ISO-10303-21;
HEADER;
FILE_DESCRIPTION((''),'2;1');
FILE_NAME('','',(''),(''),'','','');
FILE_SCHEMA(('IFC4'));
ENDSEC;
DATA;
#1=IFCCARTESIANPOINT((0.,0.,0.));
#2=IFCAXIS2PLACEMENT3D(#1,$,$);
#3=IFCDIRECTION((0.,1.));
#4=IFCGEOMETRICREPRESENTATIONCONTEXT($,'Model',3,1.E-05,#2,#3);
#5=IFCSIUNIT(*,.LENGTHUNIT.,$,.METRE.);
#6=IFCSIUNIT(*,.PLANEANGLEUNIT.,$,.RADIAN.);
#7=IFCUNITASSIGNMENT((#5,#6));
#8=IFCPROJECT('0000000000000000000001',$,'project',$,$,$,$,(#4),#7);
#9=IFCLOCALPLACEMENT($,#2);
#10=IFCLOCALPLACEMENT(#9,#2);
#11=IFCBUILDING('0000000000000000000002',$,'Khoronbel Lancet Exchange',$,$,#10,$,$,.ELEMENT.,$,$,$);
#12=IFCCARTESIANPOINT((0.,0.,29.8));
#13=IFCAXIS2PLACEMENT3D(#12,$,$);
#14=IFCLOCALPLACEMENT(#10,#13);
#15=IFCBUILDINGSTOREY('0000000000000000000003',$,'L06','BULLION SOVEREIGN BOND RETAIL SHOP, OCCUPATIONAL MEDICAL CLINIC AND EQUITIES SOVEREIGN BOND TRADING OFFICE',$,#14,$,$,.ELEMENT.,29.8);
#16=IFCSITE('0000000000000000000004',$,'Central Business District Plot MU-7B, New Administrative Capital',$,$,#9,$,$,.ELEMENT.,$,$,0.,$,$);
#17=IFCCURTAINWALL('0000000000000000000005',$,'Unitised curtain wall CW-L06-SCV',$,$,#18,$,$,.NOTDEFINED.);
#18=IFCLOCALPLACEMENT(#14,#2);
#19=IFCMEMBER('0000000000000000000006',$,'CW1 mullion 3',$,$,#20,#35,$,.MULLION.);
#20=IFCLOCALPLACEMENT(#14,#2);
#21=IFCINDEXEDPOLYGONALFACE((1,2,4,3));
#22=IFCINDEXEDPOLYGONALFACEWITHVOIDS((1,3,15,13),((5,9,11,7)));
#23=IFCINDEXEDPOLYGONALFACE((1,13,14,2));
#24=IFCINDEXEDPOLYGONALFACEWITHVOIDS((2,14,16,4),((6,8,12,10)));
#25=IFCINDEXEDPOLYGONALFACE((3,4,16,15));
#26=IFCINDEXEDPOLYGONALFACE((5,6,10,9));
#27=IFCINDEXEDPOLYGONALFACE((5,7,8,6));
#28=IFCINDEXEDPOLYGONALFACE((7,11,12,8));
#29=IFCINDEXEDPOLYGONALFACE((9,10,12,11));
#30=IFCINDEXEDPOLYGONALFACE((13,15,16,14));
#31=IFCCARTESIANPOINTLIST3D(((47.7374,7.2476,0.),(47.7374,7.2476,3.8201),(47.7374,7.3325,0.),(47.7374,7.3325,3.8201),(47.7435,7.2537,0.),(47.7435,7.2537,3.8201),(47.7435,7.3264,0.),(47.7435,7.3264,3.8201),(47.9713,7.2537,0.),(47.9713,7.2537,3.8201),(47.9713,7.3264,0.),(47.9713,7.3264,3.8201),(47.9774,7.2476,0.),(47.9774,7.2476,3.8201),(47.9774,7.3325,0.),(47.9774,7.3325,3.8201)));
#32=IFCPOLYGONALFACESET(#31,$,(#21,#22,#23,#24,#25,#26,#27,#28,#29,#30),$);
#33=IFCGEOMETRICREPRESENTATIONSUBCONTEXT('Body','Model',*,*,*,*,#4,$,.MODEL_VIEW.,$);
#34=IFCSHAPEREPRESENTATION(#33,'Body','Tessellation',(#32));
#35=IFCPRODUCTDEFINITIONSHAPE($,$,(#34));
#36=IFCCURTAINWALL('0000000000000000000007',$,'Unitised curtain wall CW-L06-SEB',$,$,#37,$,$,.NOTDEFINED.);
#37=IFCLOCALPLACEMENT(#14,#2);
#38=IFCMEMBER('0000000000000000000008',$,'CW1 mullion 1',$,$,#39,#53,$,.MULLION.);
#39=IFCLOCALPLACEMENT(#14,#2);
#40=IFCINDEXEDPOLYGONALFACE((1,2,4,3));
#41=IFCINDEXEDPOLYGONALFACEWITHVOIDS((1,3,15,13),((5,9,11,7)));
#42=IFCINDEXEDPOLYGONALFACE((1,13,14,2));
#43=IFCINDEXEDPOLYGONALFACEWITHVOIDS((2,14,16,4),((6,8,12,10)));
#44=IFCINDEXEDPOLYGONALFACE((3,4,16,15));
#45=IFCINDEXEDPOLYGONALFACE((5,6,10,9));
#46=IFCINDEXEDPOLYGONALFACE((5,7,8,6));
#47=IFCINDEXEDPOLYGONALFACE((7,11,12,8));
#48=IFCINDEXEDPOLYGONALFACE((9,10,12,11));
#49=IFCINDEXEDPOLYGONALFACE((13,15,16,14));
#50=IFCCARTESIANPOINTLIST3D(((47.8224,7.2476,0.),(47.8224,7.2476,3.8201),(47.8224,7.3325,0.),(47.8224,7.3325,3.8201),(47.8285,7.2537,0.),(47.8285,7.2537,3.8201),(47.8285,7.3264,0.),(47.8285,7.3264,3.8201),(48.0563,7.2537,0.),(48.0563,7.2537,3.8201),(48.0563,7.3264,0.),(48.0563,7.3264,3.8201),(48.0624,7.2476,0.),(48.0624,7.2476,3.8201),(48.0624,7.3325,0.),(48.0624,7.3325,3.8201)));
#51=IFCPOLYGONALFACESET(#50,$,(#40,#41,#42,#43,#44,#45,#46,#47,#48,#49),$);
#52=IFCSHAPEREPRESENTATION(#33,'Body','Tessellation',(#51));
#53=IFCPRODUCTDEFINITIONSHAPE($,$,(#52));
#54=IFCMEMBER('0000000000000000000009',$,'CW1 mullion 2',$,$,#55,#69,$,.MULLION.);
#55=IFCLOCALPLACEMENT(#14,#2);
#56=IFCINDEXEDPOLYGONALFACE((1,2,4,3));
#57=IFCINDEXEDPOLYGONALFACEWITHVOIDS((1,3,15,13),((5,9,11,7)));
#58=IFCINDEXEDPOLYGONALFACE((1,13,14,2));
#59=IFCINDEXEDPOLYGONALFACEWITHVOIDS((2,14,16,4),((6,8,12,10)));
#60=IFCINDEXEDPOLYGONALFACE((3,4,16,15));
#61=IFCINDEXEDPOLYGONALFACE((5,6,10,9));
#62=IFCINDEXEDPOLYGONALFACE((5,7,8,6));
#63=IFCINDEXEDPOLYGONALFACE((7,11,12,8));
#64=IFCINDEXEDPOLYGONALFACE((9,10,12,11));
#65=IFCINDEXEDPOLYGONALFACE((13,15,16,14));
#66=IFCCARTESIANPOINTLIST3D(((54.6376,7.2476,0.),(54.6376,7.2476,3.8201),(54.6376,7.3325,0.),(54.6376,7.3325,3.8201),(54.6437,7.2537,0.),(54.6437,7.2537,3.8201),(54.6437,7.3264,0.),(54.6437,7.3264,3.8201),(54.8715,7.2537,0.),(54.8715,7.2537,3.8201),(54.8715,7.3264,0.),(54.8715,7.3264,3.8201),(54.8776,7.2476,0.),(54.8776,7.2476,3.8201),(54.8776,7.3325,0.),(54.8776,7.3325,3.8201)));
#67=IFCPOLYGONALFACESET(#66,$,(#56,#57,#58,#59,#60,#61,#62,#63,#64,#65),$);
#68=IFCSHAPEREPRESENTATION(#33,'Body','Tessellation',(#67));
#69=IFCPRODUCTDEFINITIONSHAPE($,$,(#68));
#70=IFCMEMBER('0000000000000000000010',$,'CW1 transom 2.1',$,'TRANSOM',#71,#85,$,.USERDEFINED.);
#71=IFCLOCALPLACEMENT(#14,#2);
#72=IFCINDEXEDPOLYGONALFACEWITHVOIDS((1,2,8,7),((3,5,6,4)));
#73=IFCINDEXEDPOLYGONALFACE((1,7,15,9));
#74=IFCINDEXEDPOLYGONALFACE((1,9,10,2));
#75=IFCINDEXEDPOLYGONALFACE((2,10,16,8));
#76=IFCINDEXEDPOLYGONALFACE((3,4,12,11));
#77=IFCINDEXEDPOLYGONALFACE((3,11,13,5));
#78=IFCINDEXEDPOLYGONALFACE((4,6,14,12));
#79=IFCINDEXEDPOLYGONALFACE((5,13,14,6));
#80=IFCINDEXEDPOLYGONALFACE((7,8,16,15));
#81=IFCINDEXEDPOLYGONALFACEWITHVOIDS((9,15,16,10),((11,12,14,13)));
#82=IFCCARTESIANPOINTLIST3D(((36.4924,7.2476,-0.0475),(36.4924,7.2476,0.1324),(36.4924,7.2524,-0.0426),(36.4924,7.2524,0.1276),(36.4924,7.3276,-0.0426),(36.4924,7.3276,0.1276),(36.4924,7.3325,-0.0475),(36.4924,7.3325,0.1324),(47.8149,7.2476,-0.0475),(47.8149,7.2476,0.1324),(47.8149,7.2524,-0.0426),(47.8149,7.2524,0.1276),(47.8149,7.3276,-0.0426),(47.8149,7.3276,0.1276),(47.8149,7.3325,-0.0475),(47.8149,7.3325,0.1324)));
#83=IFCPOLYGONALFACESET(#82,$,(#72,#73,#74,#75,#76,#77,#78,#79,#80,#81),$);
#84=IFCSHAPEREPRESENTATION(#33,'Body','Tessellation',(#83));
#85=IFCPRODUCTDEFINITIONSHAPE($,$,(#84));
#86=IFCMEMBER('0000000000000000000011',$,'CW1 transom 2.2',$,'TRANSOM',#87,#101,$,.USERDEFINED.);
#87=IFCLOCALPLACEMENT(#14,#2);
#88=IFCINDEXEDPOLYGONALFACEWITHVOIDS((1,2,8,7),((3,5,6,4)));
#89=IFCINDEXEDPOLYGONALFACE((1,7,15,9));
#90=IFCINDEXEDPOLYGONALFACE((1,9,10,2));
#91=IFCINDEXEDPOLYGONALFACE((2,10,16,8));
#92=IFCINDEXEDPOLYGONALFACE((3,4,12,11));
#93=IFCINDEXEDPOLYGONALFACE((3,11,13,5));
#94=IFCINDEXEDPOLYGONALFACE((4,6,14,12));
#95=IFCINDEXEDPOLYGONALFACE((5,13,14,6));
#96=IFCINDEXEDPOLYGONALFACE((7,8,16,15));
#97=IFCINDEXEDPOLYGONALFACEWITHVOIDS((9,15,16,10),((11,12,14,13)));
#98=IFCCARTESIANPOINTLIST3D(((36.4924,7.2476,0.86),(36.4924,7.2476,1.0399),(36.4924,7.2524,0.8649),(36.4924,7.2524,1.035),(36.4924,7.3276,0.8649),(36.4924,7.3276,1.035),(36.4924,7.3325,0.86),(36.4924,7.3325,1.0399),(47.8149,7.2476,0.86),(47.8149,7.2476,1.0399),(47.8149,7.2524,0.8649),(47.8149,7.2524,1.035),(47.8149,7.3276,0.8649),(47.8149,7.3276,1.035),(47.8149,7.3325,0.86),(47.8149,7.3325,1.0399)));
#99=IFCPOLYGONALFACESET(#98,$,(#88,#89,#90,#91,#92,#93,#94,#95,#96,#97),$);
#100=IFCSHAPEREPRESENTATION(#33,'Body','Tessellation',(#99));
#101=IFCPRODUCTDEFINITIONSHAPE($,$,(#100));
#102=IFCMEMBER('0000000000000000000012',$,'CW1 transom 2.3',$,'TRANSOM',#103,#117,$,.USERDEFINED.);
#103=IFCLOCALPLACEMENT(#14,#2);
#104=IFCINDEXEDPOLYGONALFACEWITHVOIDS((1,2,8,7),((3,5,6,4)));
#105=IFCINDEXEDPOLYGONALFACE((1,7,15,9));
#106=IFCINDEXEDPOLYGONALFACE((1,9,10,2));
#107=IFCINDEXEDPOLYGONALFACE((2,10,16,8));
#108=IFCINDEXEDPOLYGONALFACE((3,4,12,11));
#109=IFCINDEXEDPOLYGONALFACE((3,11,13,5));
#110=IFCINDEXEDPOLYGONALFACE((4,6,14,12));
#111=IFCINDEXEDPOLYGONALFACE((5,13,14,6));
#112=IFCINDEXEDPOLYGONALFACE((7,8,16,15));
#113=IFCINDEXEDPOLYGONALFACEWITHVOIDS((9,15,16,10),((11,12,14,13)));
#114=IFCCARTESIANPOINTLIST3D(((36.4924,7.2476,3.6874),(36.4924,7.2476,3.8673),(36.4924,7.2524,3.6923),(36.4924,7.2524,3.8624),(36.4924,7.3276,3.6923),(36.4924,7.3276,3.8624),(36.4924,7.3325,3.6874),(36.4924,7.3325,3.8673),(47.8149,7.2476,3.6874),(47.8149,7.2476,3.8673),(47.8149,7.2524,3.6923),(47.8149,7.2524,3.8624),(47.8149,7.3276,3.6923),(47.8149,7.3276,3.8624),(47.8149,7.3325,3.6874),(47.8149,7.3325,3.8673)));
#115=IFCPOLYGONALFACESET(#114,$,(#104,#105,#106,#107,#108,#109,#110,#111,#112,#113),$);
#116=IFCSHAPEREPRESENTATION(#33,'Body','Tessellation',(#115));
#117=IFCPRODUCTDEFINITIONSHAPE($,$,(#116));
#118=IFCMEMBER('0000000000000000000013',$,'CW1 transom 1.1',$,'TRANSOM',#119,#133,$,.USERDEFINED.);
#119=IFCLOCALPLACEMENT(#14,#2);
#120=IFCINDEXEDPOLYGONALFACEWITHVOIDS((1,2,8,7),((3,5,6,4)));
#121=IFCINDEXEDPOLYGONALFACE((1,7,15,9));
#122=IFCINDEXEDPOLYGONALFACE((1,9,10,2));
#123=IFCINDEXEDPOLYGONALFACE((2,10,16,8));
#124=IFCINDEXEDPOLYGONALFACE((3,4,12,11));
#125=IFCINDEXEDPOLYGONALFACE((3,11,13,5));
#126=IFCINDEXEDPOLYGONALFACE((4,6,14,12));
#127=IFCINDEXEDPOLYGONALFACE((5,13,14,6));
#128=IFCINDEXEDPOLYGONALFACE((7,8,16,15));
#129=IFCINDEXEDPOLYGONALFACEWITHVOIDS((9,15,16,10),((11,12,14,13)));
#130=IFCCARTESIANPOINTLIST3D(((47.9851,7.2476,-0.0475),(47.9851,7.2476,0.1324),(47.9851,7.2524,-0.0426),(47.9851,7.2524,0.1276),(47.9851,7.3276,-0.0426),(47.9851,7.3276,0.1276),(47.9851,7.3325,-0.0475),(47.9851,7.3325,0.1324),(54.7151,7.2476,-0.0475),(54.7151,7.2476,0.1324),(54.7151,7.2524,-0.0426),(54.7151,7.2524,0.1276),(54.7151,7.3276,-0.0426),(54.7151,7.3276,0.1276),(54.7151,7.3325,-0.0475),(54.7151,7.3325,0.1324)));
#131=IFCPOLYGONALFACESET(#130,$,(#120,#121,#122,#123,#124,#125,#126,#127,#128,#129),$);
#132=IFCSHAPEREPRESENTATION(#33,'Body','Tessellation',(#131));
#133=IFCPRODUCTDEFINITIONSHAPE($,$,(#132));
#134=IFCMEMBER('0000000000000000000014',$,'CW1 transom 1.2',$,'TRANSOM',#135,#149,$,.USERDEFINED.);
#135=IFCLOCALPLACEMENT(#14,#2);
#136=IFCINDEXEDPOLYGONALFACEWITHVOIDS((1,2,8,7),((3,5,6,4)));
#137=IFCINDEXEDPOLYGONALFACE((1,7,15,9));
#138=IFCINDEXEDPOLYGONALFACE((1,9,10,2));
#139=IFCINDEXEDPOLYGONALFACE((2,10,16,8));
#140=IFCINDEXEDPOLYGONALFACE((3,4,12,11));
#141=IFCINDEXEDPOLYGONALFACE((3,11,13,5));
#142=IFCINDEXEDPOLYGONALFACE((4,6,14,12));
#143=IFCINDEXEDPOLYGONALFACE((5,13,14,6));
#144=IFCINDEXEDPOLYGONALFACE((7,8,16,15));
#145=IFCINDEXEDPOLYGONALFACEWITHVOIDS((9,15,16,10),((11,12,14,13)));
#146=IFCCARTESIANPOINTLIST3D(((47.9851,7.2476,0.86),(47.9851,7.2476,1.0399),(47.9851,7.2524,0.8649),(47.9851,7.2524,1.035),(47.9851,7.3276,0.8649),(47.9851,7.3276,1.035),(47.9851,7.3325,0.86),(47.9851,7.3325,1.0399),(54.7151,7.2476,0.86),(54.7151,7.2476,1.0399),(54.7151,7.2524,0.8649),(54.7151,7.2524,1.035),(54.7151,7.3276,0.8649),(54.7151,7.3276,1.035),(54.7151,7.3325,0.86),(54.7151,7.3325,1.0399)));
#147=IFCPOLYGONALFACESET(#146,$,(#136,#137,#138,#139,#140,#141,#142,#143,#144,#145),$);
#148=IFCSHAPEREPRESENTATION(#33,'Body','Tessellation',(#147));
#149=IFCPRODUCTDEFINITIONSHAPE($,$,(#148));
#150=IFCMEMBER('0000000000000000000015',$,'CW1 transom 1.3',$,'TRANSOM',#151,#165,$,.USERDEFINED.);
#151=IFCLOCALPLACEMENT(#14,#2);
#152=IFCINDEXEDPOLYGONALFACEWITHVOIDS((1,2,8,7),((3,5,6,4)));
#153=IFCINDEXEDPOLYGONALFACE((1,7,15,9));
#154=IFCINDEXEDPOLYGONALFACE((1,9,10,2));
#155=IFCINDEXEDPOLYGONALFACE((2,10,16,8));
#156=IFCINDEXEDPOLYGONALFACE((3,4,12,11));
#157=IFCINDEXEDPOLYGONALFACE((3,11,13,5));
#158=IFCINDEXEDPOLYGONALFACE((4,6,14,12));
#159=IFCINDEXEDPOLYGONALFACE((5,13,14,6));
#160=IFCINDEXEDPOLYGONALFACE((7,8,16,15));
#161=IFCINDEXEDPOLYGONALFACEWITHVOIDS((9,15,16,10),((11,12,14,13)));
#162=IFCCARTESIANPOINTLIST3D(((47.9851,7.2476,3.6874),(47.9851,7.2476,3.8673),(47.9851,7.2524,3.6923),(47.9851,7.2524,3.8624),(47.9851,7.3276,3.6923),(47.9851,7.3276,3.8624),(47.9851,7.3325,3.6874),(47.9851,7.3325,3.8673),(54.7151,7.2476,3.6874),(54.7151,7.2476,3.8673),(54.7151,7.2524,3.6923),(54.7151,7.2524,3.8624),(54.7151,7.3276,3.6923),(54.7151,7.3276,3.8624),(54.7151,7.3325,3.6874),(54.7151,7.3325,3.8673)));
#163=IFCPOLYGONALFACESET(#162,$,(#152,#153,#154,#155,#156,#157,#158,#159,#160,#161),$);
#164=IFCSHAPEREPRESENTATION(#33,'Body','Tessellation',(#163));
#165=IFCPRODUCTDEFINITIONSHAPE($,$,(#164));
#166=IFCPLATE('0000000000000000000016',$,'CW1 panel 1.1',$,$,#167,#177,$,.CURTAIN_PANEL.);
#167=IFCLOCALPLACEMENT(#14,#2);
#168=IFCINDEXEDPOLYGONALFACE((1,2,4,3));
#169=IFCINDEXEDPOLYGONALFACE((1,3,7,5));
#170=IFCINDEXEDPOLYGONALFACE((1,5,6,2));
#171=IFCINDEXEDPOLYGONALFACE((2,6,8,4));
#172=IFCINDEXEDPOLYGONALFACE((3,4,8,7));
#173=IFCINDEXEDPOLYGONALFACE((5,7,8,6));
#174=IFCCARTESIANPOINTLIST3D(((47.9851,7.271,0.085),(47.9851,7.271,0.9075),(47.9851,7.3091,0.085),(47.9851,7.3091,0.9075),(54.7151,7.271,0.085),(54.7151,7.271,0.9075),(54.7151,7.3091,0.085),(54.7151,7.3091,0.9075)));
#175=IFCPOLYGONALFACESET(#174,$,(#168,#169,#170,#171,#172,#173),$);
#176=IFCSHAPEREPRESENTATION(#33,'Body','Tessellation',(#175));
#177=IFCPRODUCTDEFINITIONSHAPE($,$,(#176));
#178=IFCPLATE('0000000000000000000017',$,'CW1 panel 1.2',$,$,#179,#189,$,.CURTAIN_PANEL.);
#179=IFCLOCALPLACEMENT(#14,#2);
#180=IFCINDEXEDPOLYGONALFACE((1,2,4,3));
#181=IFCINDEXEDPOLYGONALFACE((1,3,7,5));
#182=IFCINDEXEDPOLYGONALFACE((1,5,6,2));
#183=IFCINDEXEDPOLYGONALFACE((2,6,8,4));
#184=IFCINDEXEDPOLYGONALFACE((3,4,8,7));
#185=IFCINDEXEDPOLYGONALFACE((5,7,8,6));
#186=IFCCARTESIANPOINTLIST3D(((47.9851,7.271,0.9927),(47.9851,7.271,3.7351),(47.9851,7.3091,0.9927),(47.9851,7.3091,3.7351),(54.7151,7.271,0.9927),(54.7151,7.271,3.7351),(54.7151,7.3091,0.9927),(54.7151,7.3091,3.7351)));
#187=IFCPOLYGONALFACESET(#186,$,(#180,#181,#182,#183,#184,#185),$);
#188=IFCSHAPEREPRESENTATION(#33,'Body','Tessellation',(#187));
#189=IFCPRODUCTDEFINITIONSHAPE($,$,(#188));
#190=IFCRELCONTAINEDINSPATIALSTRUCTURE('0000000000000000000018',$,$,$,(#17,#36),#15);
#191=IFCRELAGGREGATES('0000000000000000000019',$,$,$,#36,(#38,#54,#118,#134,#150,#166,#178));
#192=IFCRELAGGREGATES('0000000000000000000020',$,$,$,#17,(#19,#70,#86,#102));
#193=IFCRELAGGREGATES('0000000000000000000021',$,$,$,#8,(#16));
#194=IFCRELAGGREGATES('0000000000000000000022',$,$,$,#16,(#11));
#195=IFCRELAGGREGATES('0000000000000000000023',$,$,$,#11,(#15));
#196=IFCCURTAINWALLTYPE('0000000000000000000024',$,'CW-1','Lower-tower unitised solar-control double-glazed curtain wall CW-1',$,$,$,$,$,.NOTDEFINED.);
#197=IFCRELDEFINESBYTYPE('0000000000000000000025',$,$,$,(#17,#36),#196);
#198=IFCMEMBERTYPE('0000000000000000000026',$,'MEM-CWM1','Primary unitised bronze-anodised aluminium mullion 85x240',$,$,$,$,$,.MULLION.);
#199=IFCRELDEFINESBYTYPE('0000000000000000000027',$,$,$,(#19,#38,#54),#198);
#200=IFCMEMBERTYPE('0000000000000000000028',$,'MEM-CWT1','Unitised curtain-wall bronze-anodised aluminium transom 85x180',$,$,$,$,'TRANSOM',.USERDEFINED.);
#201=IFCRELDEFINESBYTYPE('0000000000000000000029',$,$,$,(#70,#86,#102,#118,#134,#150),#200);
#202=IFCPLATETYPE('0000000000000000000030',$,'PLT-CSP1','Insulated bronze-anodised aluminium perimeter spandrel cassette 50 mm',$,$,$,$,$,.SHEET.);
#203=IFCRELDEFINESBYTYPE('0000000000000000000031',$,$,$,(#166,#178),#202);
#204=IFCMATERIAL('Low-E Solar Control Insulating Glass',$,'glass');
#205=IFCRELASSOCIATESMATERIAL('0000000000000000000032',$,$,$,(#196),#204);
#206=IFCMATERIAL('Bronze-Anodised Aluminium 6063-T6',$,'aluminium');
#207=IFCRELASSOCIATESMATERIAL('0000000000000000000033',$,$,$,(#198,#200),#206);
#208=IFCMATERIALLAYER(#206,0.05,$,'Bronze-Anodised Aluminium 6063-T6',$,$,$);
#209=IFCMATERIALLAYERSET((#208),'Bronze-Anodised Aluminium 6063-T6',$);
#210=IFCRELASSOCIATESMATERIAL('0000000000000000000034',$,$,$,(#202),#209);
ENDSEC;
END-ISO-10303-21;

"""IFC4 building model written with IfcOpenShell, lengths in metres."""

from ifc_helpers import new_model, si_unit, direction, frame, origin, origin_2d, place, context, subcontext, project, spatial, rectangle, hollow_rectangle, extrude, material, layer, layer_set, material_profile, profile_set, type_object, element, aggregate, save


model = new_model("IFC4")

# Units and contexts
model_context = context("Model", 3, precision=1e-05, world=origin(), true_north=direction((0.0, 1.0)))
body_context = subcontext(model_context, "Body", "Model", "MODEL_VIEW")
ifc_project = project(units=[si_unit("LENGTHUNIT", "METRE"), si_unit("PLANEANGLEUNIT", "RADIAN")], contexts=[model_context])

# Site, building, storey
site_placement = place(None, origin())
site = spatial("IfcSite", under=ifc_project, at=site_placement, Name="Central Business District Plot MU-7B, New Administrative Capital", CompositionType="ELEMENT", RefElevation=0.0)
building_placement = place(site_placement, origin())
building = spatial("IfcBuilding", under=site, at=building_placement, Name="Khoronbel Lancet Exchange", CompositionType="ELEMENT")
storey_placement = place(building_placement, frame((0.0, 0.0, 29.8)))
storey = spatial("IfcBuildingStorey", under=building, at=storey_placement, Name="L06", Description="BULLION SOVEREIGN BOND RETAIL SHOP, OCCUPATIONAL MEDICAL CLINIC AND EQUITIES SOVEREIGN BOND TRADING OFFICE", CompositionType="ELEMENT", Elevation=29.8)

# Curtain walls, members
ifc_material_1 = material(Name="Low-E Solar Control Insulating Glass", Category="glass")
curtain_wall_type = type_object("IfcCurtainWallType", Name="CW-1", Description="Lower-tower unitised solar-control double-glazed curtain wall CW-1", PredefinedType="NOTDEFINED", material=ifc_material_1)
curtain_wall_1_placement = place(storey_placement, origin())
curtain_wall_1 = element("IfcCurtainWall", 1, at=curtain_wall_1_placement, inside=storey, type_object=curtain_wall_type, Name="Unitised curtain wall CW-L06-SCV", PredefinedType="NOTDEFINED")
ifc_material_2 = material(Name="Bronze-Anodised Aluminium 6063-T6", Category="aluminium")
ifc_material_profile_1 = material_profile(ifc_material_2, hollow_rectangle(XDim=0.085, YDim=0.24, WallThickness=0.0061, at=origin_2d()), Name="ALU MULLION 85x240")
ifc_profile_set_1 = profile_set([ifc_material_profile_1], Name="Bronze-Anodised Aluminium 6063-T6")
member_type_1 = type_object("IfcMemberType", Name="MEM-CWM1", Description="Primary unitised bronze-anodised aluminium mullion 85x240", PredefinedType="MULLION", material=ifc_profile_set_1)
member_1_placement = place(storey_placement, frame((47.8574, 7.29, 0.0), z_axis=(0.0, 0.0, 1.0), x_axis=(0.0, 1.0, 0.0)))
member_1 = element("IfcMember", 2, at=member_1_placement, type_object=member_type_1, Name="CW1 mullion 3", PredefinedType="MULLION", context=body_context, shape_type="SweptSolid", body=[
    extrude(hollow_rectangle(XDim=0.085, YDim=0.24, WallThickness=0.0061, at=origin_2d()), origin(), (0.0, 0.0, 1.0), 3.8201),
])
curtain_wall_2_placement = place(storey_placement, origin())
curtain_wall_2 = element("IfcCurtainWall", 3, at=curtain_wall_2_placement, inside=storey, type_object=curtain_wall_type, Name="Unitised curtain wall CW-L06-SEB", PredefinedType="NOTDEFINED")
member_2_placement = place(storey_placement, frame((47.9424, 7.29, 0.0), z_axis=(0.0, 0.0, 1.0), x_axis=(0.0, 1.0, 0.0)))
member_2 = element("IfcMember", 4, at=member_2_placement, type_object=member_type_1, Name="CW1 mullion 1", PredefinedType="MULLION", context=body_context, shape_type="SweptSolid", body=[
    extrude(hollow_rectangle(XDim=0.085, YDim=0.24, WallThickness=0.0061, at=origin_2d()), origin(), (0.0, 0.0, 1.0), 3.8201),
])
member_3_placement = place(storey_placement, frame((54.7576, 7.29, 0.0), z_axis=(0.0, 0.0, 1.0), x_axis=(0.0, 1.0, 0.0)))
member_3 = element("IfcMember", 5, at=member_3_placement, type_object=member_type_1, Name="CW1 mullion 2", PredefinedType="MULLION", context=body_context, shape_type="SweptSolid", body=[
    extrude(hollow_rectangle(XDim=0.085, YDim=0.24, WallThickness=0.0061, at=origin_2d()), origin(), (0.0, 0.0, 1.0), 3.8201),
])

# Members
ifc_material_profile_2 = material_profile(ifc_material_2, hollow_rectangle(XDim=0.085, YDim=0.1799, WallThickness=0.0049, at=origin_2d()), Name="ALU TRANSOM 85x180")
ifc_profile_set_2 = profile_set([ifc_material_profile_2], Name="Bronze-Anodised Aluminium 6063-T6")
member_type_2 = type_object("IfcMemberType", Name="MEM-CWT1", Description="Unitised curtain-wall bronze-anodised aluminium transom 85x180", ElementType="TRANSOM", PredefinedType="USERDEFINED", material=ifc_profile_set_2)
member_4_placement = place(storey_placement, frame((36.4924, 7.29, 0.0425), z_axis=(1.0, 0.0, 0.0), x_axis=(0.0, 1.0, 0.0)))
member_4 = element("IfcMember", 6, at=member_4_placement, type_object=member_type_2, Name="CW1 transom 2.1", ObjectType="TRANSOM", PredefinedType="USERDEFINED", context=body_context, shape_type="SweptSolid", body=[
    extrude(hollow_rectangle(XDim=0.085, YDim=0.1799, WallThickness=0.0049, at=origin_2d()), origin(), (0.0, 0.0, 1.0), 11.3225),
])
member_5_placement = place(storey_placement, frame((36.4924, 7.29, 0.95), z_axis=(1.0, 0.0, 0.0), x_axis=(0.0, 1.0, 0.0)))
member_5 = element("IfcMember", 7, at=member_5_placement, type_object=member_type_2, Name="CW1 transom 2.2", ObjectType="TRANSOM", PredefinedType="USERDEFINED", context=body_context, shape_type="SweptSolid", body=[
    extrude(hollow_rectangle(XDim=0.085, YDim=0.1799, WallThickness=0.0049, at=origin_2d()), origin(), (0.0, 0.0, 1.0), 11.3225),
])
member_6_placement = place(storey_placement, frame((36.4924, 7.29, 3.7773), z_axis=(1.0, 0.0, 0.0), x_axis=(0.0, 1.0, 0.0)))
member_6 = element("IfcMember", 8, at=member_6_placement, type_object=member_type_2, Name="CW1 transom 2.3", ObjectType="TRANSOM", PredefinedType="USERDEFINED", context=body_context, shape_type="SweptSolid", body=[
    extrude(hollow_rectangle(XDim=0.085, YDim=0.1799, WallThickness=0.0049, at=origin_2d()), origin(), (0.0, 0.0, 1.0), 11.3225),
])
member_7_placement = place(storey_placement, frame((47.9851, 7.29, 0.0425), z_axis=(1.0, 0.0, 0.0), x_axis=(0.0, 1.0, 0.0)))
member_7 = element("IfcMember", 9, at=member_7_placement, type_object=member_type_2, Name="CW1 transom 1.1", ObjectType="TRANSOM", PredefinedType="USERDEFINED", context=body_context, shape_type="SweptSolid", body=[
    extrude(hollow_rectangle(XDim=0.085, YDim=0.1799, WallThickness=0.0049, at=origin_2d()), origin(), (0.0, 0.0, 1.0), 6.73),
])
member_8_placement = place(storey_placement, frame((47.9851, 7.29, 0.95), z_axis=(1.0, 0.0, 0.0), x_axis=(0.0, 1.0, 0.0)))
member_8 = element("IfcMember", 10, at=member_8_placement, type_object=member_type_2, Name="CW1 transom 1.2", ObjectType="TRANSOM", PredefinedType="USERDEFINED", context=body_context, shape_type="SweptSolid", body=[
    extrude(hollow_rectangle(XDim=0.085, YDim=0.1799, WallThickness=0.0049, at=origin_2d()), origin(), (0.0, 0.0, 1.0), 6.73),
])
member_9_placement = place(storey_placement, frame((47.9851, 7.29, 3.7773), z_axis=(1.0, 0.0, 0.0), x_axis=(0.0, 1.0, 0.0)))
member_9 = element("IfcMember", 11, at=member_9_placement, type_object=member_type_2, Name="CW1 transom 1.3", ObjectType="TRANSOM", PredefinedType="USERDEFINED", context=body_context, shape_type="SweptSolid", body=[
    extrude(hollow_rectangle(XDim=0.085, YDim=0.1799, WallThickness=0.0049, at=origin_2d()), origin(), (0.0, 0.0, 1.0), 6.73),
])

# Plates
ifc_layer_1 = layer(ifc_material_2, 0.05, Name="Bronze-Anodised Aluminium 6063-T6")
ifc_layer_set_1 = layer_set([ifc_layer_1], Name="Bronze-Anodised Aluminium 6063-T6")
plate_type_1 = type_object("IfcPlateType", Name="PLT-CSP1", Description="Insulated bronze-anodised aluminium perimeter spandrel cassette 50 mm", PredefinedType="SHEET", material=ifc_layer_set_1)
plate_1_placement = place(storey_placement, frame((51.3501, 7.29, 0.085), z_axis=(0.0, 0.0, 1.0), x_axis=(1.0, 0.0, 0.0)))
plate_1 = element("IfcPlate", 12, at=plate_1_placement, type_object=plate_type_1, Name="CW1 panel 1.1", PredefinedType="CURTAIN_PANEL", context=body_context, shape_type="SweptSolid", body=[
    extrude(rectangle(XDim=6.73, YDim=0.0381, at=origin_2d()), origin(), (0.0, 0.0, 1.0), 0.8225),
])
plate_2_placement = place(storey_placement, frame((51.3501, 7.29, 0.9927), z_axis=(0.0, 0.0, 1.0), x_axis=(1.0, 0.0, 0.0)))
plate_2 = element("IfcPlate", 13, at=plate_2_placement, type_object=plate_type_1, Name="CW1 panel 1.2", PredefinedType="CURTAIN_PANEL", context=body_context, shape_type="SweptSolid", body=[
    extrude(rectangle(XDim=6.73, YDim=0.0381, at=origin_2d()), origin(), (0.0, 0.0, 1.0), 2.7424),
])
aggregate(curtain_wall_2, [member_2, member_3, member_7, member_8, member_9, plate_1, plate_2])
aggregate(curtain_wall_1, [member_1, member_4, member_5, member_6])

save(model, "model.ifc")
